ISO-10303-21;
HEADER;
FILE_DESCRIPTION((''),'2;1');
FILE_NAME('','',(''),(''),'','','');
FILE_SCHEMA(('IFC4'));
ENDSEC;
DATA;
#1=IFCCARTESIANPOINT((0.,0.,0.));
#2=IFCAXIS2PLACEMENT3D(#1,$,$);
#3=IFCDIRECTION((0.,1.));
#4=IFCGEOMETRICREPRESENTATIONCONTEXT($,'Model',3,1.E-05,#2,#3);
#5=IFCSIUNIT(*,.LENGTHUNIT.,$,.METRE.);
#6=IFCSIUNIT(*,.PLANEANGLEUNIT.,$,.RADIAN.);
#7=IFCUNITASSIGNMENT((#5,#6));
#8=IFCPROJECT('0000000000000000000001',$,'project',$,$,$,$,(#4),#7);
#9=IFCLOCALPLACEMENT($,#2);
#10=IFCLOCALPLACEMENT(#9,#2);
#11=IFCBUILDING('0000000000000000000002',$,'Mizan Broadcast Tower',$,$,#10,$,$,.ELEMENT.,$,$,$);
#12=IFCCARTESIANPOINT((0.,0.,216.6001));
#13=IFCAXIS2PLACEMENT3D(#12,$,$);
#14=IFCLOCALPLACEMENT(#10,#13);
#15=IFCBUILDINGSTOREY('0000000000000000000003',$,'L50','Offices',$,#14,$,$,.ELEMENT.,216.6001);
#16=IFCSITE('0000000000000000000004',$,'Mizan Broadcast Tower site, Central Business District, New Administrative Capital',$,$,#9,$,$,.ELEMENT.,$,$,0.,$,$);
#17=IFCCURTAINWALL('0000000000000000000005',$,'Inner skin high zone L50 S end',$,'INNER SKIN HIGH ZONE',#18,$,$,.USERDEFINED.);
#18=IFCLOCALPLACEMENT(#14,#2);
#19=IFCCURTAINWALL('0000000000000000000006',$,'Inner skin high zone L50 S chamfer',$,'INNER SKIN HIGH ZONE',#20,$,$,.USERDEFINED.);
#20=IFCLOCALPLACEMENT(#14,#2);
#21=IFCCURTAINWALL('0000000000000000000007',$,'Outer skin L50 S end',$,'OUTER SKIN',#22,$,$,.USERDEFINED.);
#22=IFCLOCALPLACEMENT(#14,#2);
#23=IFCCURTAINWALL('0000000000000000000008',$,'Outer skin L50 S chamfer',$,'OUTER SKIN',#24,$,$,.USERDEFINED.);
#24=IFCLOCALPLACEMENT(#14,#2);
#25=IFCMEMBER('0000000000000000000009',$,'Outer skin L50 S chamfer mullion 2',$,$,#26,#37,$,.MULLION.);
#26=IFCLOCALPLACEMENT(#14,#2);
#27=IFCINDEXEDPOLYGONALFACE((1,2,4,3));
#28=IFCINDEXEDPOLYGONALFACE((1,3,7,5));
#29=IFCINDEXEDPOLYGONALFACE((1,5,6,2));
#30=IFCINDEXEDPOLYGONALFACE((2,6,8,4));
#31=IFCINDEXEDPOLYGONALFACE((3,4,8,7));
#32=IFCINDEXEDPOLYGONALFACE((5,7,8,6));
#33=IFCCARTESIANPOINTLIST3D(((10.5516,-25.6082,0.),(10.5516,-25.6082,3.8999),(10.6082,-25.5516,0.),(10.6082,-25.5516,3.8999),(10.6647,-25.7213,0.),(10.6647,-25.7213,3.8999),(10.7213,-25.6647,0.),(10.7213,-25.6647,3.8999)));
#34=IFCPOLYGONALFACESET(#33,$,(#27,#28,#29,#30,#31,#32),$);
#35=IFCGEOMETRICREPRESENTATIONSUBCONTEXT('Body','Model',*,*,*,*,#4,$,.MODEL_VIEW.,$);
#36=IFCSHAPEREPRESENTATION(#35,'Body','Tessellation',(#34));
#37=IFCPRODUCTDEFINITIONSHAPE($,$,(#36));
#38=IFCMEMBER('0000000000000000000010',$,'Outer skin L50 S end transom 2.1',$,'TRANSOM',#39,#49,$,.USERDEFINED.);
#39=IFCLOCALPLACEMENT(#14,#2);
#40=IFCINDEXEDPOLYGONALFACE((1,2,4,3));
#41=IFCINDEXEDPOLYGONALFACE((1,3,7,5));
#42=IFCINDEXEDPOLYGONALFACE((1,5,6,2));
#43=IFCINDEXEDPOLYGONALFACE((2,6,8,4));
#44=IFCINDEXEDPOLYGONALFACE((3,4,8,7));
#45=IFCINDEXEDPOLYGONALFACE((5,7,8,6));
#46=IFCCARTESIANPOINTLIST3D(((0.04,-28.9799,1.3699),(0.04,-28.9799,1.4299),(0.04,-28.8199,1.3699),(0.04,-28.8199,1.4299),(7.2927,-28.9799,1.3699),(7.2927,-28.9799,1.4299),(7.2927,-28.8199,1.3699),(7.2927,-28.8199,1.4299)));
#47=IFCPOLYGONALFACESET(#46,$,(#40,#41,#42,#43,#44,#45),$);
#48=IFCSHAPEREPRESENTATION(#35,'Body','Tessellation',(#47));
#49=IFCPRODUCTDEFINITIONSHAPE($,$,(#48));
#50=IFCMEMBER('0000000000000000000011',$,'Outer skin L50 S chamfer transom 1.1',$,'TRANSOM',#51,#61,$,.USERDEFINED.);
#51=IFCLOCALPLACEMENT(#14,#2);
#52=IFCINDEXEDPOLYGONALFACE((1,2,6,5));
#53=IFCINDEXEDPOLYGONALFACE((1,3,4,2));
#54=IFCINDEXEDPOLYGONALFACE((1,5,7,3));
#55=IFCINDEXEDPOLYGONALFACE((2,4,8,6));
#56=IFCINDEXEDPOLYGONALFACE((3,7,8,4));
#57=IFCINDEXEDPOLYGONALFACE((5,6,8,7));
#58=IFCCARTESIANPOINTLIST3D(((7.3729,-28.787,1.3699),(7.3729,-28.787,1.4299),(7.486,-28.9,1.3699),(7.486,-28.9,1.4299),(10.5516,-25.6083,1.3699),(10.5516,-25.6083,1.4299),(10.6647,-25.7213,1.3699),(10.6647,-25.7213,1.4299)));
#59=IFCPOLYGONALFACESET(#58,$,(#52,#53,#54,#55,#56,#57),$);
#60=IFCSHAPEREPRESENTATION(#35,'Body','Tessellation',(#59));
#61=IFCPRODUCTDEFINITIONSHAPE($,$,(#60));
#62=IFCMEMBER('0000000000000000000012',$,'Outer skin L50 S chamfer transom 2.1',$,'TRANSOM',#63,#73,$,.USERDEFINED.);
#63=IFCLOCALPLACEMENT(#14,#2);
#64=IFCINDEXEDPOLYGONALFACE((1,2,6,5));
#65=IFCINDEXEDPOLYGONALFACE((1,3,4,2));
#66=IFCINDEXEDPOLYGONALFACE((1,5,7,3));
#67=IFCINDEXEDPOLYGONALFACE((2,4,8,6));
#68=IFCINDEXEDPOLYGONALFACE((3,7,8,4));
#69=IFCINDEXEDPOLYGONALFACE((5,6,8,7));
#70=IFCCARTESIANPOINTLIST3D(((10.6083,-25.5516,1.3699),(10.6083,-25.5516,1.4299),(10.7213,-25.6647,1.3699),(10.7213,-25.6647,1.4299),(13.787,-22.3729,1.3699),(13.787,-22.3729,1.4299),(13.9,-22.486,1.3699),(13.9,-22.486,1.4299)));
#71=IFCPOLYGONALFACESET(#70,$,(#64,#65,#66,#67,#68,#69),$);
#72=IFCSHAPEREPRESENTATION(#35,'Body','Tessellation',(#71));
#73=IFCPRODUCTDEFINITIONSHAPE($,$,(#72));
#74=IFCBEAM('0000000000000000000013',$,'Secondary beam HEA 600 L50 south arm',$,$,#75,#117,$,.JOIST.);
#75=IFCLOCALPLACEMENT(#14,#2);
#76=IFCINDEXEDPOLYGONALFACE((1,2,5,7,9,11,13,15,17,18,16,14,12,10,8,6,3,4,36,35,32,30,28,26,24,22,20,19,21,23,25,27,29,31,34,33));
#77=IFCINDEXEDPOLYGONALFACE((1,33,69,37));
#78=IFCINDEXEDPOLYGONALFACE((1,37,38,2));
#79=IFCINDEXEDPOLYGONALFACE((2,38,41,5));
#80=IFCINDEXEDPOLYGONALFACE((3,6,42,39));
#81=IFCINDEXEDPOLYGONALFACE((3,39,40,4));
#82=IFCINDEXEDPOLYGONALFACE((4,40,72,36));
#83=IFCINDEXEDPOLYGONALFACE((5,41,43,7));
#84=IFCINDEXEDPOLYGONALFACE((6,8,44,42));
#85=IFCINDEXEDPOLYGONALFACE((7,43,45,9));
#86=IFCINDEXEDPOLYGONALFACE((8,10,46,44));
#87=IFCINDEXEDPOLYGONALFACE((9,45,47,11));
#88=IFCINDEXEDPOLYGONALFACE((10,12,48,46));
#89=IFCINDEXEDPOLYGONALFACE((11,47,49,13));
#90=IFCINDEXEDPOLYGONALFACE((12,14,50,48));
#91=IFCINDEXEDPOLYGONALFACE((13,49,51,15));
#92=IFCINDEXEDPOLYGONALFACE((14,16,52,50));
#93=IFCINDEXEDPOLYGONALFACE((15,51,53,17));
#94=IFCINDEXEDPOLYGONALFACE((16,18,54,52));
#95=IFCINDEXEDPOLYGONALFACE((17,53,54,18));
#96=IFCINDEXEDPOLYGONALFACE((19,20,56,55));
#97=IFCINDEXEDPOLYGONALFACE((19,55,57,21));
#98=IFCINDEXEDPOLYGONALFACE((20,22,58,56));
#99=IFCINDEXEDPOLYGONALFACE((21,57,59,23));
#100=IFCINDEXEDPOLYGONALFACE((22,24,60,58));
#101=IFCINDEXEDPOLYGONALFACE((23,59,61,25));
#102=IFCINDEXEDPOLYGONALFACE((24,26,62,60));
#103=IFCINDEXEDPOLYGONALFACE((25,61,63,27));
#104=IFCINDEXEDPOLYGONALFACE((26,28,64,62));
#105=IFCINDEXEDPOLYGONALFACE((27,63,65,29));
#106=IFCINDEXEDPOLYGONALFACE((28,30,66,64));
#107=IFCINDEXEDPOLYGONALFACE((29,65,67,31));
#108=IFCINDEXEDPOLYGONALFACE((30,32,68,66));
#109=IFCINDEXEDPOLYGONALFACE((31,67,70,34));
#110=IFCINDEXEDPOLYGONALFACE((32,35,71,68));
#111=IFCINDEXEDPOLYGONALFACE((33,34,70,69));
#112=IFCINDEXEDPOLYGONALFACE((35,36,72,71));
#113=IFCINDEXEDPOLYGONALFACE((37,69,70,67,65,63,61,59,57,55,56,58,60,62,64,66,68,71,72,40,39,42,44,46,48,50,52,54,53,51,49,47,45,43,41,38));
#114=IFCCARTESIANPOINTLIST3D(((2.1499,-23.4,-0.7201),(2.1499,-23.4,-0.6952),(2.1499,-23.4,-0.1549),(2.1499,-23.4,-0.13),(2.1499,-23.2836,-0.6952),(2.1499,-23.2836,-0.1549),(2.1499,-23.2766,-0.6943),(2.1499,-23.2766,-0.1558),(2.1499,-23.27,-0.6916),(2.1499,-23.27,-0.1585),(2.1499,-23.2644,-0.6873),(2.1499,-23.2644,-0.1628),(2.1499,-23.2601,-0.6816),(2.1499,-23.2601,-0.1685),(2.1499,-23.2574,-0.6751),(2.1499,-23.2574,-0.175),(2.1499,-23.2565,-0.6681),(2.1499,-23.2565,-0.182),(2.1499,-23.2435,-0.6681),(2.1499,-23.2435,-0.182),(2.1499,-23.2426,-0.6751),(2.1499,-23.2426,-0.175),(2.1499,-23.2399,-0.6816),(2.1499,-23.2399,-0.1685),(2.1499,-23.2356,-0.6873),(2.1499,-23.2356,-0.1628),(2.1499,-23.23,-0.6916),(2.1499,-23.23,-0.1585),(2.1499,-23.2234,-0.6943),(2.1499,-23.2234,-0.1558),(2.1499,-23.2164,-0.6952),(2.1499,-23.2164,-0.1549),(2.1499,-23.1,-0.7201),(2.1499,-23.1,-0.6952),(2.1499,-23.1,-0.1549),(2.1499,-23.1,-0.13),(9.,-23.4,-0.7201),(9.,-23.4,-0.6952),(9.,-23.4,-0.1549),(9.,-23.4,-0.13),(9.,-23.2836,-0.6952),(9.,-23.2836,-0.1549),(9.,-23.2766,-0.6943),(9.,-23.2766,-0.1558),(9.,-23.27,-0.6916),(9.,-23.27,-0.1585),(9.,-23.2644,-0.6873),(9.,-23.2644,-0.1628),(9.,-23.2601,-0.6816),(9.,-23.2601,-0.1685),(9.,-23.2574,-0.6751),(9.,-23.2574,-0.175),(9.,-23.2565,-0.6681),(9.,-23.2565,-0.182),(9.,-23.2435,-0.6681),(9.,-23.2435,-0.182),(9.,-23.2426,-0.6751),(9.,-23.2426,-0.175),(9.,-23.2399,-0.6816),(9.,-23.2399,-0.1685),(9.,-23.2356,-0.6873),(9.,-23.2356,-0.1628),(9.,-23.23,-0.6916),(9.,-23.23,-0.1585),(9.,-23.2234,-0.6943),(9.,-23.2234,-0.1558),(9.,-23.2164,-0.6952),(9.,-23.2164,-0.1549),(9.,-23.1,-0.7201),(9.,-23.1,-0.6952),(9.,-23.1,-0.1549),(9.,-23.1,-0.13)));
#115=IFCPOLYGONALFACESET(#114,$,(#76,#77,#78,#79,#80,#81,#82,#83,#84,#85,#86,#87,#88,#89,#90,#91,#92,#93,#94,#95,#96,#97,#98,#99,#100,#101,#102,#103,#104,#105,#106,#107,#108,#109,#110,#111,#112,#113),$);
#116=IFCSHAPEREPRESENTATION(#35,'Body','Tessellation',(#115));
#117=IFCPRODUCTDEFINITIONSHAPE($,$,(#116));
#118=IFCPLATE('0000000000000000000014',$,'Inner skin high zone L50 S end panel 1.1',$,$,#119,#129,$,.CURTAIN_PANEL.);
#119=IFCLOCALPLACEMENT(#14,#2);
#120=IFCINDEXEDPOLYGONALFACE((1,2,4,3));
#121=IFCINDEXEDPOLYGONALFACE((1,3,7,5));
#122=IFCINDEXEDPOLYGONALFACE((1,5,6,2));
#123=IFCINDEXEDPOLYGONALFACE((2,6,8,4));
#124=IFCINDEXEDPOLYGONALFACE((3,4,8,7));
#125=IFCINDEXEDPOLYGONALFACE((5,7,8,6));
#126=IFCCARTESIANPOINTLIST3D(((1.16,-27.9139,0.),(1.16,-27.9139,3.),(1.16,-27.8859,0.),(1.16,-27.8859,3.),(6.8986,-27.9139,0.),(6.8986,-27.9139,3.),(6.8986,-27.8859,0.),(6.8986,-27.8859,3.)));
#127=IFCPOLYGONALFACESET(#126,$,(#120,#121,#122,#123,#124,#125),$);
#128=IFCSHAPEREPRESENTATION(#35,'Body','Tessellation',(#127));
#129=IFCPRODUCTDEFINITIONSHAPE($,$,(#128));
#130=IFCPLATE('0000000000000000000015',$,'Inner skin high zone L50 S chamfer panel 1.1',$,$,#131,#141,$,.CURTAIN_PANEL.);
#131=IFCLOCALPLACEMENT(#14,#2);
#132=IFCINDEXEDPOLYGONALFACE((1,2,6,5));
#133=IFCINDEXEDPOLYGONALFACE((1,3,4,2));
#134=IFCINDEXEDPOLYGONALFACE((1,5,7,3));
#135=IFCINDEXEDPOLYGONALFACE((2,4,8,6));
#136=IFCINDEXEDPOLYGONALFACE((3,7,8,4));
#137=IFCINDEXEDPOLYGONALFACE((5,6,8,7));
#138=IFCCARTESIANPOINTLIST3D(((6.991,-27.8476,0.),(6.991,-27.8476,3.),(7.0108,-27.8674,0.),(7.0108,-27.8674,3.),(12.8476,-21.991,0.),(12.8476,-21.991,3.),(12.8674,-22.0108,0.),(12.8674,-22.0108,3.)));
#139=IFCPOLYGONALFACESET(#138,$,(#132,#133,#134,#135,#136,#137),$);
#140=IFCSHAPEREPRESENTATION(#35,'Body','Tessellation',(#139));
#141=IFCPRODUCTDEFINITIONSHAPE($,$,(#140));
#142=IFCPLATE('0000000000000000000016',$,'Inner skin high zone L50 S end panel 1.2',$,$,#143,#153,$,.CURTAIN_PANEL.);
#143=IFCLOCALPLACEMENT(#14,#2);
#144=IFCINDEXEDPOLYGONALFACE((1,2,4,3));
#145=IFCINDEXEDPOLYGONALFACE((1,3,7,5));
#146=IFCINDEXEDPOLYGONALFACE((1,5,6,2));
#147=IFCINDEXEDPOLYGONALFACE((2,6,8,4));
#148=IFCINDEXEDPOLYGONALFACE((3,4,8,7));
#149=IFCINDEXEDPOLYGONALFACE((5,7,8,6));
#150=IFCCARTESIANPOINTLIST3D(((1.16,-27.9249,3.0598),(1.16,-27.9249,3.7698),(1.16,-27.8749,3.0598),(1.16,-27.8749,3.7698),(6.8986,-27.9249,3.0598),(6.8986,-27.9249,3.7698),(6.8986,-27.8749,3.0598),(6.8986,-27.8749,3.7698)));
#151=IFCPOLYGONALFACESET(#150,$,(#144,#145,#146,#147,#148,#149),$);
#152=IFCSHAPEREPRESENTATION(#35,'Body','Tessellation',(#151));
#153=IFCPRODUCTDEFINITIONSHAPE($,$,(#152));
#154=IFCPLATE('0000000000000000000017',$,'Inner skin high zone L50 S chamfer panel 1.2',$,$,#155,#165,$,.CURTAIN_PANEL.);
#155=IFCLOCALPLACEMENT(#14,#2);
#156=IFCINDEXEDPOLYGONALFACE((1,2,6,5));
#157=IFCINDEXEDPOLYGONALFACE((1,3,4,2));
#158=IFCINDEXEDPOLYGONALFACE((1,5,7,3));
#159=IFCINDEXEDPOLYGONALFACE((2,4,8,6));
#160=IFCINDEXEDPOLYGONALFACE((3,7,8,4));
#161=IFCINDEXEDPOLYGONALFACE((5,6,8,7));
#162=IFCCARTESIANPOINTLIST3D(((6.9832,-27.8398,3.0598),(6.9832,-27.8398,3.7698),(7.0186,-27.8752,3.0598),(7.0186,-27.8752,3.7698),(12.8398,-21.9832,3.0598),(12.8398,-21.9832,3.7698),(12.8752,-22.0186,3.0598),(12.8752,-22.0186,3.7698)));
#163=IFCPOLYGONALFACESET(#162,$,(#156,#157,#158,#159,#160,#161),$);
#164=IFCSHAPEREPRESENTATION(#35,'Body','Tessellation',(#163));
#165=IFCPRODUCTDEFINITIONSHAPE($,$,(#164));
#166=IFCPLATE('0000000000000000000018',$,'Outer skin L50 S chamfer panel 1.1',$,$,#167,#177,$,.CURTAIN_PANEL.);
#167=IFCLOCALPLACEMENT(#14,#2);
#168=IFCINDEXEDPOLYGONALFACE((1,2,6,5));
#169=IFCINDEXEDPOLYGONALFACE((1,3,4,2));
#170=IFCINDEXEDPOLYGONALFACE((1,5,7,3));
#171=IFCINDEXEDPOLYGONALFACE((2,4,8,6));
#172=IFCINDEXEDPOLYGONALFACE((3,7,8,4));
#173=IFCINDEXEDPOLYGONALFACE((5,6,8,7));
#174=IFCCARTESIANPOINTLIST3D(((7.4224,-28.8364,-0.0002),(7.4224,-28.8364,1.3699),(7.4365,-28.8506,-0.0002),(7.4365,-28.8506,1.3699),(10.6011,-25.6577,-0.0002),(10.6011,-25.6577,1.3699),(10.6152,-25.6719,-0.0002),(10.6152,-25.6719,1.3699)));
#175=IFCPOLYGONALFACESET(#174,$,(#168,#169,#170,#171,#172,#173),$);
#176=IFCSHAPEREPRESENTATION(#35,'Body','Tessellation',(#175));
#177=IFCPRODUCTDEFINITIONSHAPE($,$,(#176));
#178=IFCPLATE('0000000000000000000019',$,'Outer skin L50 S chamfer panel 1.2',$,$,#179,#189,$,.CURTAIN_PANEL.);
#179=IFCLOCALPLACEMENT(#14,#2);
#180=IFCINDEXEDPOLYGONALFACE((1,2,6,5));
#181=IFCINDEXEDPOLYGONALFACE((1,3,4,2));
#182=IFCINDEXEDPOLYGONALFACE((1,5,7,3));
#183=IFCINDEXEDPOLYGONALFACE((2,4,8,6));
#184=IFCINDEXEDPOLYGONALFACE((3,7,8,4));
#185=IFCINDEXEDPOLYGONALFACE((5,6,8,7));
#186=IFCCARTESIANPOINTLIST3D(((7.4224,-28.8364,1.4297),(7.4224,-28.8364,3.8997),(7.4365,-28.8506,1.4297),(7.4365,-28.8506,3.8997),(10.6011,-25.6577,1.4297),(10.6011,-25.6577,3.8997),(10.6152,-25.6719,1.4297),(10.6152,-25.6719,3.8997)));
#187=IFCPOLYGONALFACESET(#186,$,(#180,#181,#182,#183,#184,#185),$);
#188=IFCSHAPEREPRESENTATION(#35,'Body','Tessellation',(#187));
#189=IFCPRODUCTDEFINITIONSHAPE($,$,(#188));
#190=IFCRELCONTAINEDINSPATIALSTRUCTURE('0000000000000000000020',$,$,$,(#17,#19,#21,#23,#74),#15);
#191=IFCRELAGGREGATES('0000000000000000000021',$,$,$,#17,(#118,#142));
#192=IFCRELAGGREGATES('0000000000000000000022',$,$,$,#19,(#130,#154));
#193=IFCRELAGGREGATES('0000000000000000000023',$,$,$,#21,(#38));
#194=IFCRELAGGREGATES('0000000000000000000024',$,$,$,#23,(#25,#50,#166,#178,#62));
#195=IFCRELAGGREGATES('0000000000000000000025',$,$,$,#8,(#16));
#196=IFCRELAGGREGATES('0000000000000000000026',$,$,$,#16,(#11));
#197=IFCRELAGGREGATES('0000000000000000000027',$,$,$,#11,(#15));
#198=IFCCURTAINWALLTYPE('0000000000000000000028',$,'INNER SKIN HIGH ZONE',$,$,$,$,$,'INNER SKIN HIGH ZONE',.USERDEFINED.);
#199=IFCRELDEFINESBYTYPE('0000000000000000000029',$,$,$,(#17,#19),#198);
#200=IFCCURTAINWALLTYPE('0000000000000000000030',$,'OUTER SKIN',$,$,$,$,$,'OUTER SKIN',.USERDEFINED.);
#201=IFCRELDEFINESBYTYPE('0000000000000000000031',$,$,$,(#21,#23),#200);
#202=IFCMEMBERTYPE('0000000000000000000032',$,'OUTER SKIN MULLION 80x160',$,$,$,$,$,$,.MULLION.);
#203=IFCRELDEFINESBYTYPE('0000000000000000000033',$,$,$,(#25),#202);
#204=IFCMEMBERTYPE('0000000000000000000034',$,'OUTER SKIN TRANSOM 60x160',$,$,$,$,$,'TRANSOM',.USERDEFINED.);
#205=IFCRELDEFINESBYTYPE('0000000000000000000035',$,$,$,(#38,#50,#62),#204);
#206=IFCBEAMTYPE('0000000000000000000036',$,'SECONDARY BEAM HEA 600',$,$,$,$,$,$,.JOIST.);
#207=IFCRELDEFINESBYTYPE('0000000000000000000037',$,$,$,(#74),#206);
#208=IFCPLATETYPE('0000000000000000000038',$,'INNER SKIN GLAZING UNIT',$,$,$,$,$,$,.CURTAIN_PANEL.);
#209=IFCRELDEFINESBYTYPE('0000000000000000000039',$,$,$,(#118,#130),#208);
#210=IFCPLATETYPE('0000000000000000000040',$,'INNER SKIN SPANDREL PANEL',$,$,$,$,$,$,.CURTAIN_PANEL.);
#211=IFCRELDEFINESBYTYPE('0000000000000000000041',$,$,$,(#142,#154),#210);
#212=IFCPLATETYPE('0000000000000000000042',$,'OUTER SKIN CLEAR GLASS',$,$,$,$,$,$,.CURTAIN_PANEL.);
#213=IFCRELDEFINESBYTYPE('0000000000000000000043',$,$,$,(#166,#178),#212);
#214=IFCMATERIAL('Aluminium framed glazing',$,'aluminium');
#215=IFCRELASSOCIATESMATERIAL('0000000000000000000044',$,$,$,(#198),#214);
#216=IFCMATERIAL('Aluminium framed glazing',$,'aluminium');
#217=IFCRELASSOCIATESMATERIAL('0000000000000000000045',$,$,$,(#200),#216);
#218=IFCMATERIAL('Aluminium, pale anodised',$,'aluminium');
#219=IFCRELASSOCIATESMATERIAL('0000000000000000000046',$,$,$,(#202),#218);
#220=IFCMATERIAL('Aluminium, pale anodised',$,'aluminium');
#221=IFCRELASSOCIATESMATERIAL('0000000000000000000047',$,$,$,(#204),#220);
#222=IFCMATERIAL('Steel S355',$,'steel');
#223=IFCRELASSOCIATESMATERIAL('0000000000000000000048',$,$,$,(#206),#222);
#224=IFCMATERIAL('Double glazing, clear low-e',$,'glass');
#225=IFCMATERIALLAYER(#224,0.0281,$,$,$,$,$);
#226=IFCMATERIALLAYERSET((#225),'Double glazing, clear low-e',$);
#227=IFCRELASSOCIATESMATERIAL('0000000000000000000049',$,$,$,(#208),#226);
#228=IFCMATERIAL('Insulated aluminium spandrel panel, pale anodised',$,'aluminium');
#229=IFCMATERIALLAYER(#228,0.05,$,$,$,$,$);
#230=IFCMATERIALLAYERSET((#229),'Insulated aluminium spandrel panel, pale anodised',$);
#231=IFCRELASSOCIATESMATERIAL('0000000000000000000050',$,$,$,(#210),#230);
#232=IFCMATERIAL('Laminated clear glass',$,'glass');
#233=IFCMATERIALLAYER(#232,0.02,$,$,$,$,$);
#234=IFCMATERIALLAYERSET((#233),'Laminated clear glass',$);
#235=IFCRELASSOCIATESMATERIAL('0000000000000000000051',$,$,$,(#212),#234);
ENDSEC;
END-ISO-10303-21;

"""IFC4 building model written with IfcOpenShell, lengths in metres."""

from ifc_helpers import new_model, si_unit, direction, frame, origin, origin_2d, place, context, subcontext, project, spatial, rectangle, i_section, extrude, material, layer, layer_set, material_profile, profile_set, type_object, element, aggregate, save


model = new_model("IFC4")

# Units and contexts
model_context = context("Model", 3, precision=1e-05, world=origin(), true_north=direction((0.0, 1.0)))
body_context = subcontext(model_context, "Body", "Model", "MODEL_VIEW")
ifc_project = project(units=[si_unit("LENGTHUNIT", "METRE"), si_unit("PLANEANGLEUNIT", "RADIAN")], contexts=[model_context])

# Site, building, storey
site_placement = place(None, origin())
site = spatial("IfcSite", under=ifc_project, at=site_placement, Name="Mizan Broadcast Tower site, Central Business District, New Administrative Capital", CompositionType="ELEMENT", RefElevation=0.0)
building_placement = place(site_placement, origin())
building = spatial("IfcBuilding", under=site, at=building_placement, Name="Mizan Broadcast Tower", CompositionType="ELEMENT")
storey_placement = place(building_placement, frame((0.0, 0.0, 216.6001)))
storey = spatial("IfcBuildingStorey", under=building, at=storey_placement, Name="L50", Description="Offices", CompositionType="ELEMENT", Elevation=216.6001)

# Curtain wall
ifc_material_1 = material(Name="Aluminium framed glazing", Category="aluminium")
curtain_wall_type_1 = type_object("IfcCurtainWallType", Name="INNER SKIN HIGH ZONE", ElementType="INNER SKIN HIGH ZONE", PredefinedType="USERDEFINED", material=ifc_material_1)
curtain_wall_1_placement = place(storey_placement, origin())
curtain_wall_1 = element("IfcCurtainWall", 1, at=curtain_wall_1_placement, inside=storey, type_object=curtain_wall_type_1, Name="Inner skin high zone L50 S end", ObjectType="INNER SKIN HIGH ZONE", PredefinedType="USERDEFINED")

# Curtain wall
curtain_wall_2_placement = place(storey_placement, origin())
curtain_wall_2 = element("IfcCurtainWall", 2, at=curtain_wall_2_placement, inside=storey, type_object=curtain_wall_type_1, Name="Inner skin high zone L50 S chamfer", ObjectType="INNER SKIN HIGH ZONE", PredefinedType="USERDEFINED")

# Curtain wall
ifc_material_2 = material(Name="Aluminium framed glazing", Category="aluminium")
curtain_wall_type_2 = type_object("IfcCurtainWallType", Name="OUTER SKIN", ElementType="OUTER SKIN", PredefinedType="USERDEFINED", material=ifc_material_2)
curtain_wall_3_placement = place(storey_placement, origin())
curtain_wall_3 = element("IfcCurtainWall", 3, at=curtain_wall_3_placement, inside=storey, type_object=curtain_wall_type_2, Name="Outer skin L50 S end", ObjectType="OUTER SKIN", PredefinedType="USERDEFINED")
ifc_material_3 = material(Name="Aluminium, pale anodised", Category="aluminium")
ifc_material_profile_1 = material_profile(ifc_material_3, rectangle(XDim=0.1599, YDim=0.0801, at=origin_2d()), Name="MULLION 160x80")
ifc_profile_set_1 = profile_set([ifc_material_profile_1], Name="Aluminium, pale anodised")
member_type_1 = type_object("IfcMemberType", Name="OUTER SKIN MULLION 80x160", PredefinedType="MULLION", material=ifc_profile_set_1)

# Curtain wall, member
curtain_wall_4_placement = place(storey_placement, origin())
curtain_wall_4 = element("IfcCurtainWall", 4, at=curtain_wall_4_placement, inside=storey, type_object=curtain_wall_type_2, Name="Outer skin L50 S chamfer", ObjectType="OUTER SKIN", PredefinedType="USERDEFINED")
member_1_placement = place(storey_placement, frame((10.6365, -25.6365, 0.0), z_axis=(0.0, 0.0, 1.0), x_axis=(-0.707107, 0.707107, 0.0)))
member_1 = element("IfcMember", 5, at=member_1_placement, type_object=member_type_1, Name="Outer skin L50 S chamfer mullion 2", PredefinedType="MULLION", context=body_context, shape_type="SweptSolid", body=[
    extrude(rectangle(XDim=0.1599, YDim=0.0801, at=origin_2d()), origin(), (0.0, 0.0, 1.0), 3.8999),
])

# Members
ifc_material_4 = material(Name="Aluminium, pale anodised", Category="aluminium")
ifc_material_profile_2 = material_profile(ifc_material_4, rectangle(XDim=0.1599, YDim=0.0601, at=origin_2d()), Name="TRANSOM 160x60")
ifc_profile_set_2 = profile_set([ifc_material_profile_2], Name="Aluminium, pale anodised")
member_type_2 = type_object("IfcMemberType", Name="OUTER SKIN TRANSOM 60x160", ElementType="TRANSOM", PredefinedType="USERDEFINED", material=ifc_profile_set_2)
member_2_placement = place(storey_placement, frame((0.04, -28.8999, 1.3999), z_axis=(1.0, 0.0, 0.0), x_axis=(0.0, 1.0, 0.0)))
member_2 = element("IfcMember", 6, at=member_2_placement, type_object=member_type_2, Name="Outer skin L50 S end transom 2.1", ObjectType="TRANSOM", PredefinedType="USERDEFINED", context=body_context, shape_type="SweptSolid", body=[
    extrude(rectangle(XDim=0.1599, YDim=0.0601, at=origin_2d()), origin(), (0.0, 0.0, 1.0), 7.2527),
])
member_3_placement = place(storey_placement, frame((7.4294, -28.8435, 1.3999), z_axis=(0.707107, 0.707107, 0.0), x_axis=(-0.707107, 0.707107, 0.0)))
member_3 = element("IfcMember", 7, at=member_3_placement, type_object=member_type_2, Name="Outer skin L50 S chamfer transom 1.1", ObjectType="TRANSOM", PredefinedType="USERDEFINED", context=body_context, shape_type="SweptSolid", body=[
    extrude(rectangle(XDim=0.1599, YDim=0.0601, at=origin_2d()), origin(), (0.0, 0.0, 1.0), 4.4954),
])
member_4_placement = place(storey_placement, frame((10.6648, -25.6082, 1.3999), z_axis=(0.707107, 0.707107, 0.0), x_axis=(-0.707107, 0.707107, 0.0)))
member_4 = element("IfcMember", 8, at=member_4_placement, type_object=member_type_2, Name="Outer skin L50 S chamfer transom 2.1", ObjectType="TRANSOM", PredefinedType="USERDEFINED", context=body_context, shape_type="SweptSolid", body=[
    extrude(rectangle(XDim=0.1599, YDim=0.0601, at=origin_2d()), origin(), (0.0, 0.0, 1.0), 4.4954),
])

# Beam
ifc_material_5 = material(Name="Steel S355", Category="steel")
ifc_material_profile_3 = material_profile(ifc_material_5, i_section(OverallWidth=0.3, OverallDepth=0.5901, WebThickness=0.0129, FlangeThickness=0.0249, FilletRadius=0.0271, at=origin_2d()), Name="HEA 600")
ifc_profile_set_3 = profile_set([ifc_material_profile_3], Name="Steel S355")
beam_type_1 = type_object("IfcBeamType", Name="SECONDARY BEAM HEA 600", PredefinedType="JOIST", material=ifc_profile_set_3)
beam_1_placement = place(storey_placement, frame((9.0, -23.25, -0.425), z_axis=(-1.0, 0.0, 0.0), x_axis=(0.0, -1.0, 0.0)))
element("IfcBeam", 9, at=beam_1_placement, inside=storey, type_object=beam_type_1, Name="Secondary beam HEA 600 L50 south arm", PredefinedType="JOIST", context=body_context, shape_type="SweptSolid", body=[
    extrude(i_section(OverallWidth=0.3, OverallDepth=0.5901, WebThickness=0.0129, FlangeThickness=0.0249, FilletRadius=0.0271, at=origin_2d()), origin(), (0.0, 0.0, 1.0), 6.8501),
])

# Plates
ifc_material_6 = material(Name="Double glazing, clear low-e", Category="glass")
ifc_layer_1 = layer(ifc_material_6, 0.0281)
ifc_layer_set_1 = layer_set([ifc_layer_1], Name="Double glazing, clear low-e")
plate_type_1 = type_object("IfcPlateType", Name="INNER SKIN GLAZING UNIT", PredefinedType="CURTAIN_PANEL", material=ifc_layer_set_1)
plate_1_placement = place(storey_placement, frame((4.0293, -27.8999, 0.0), z_axis=(0.0, 0.0, 1.0), x_axis=(1.0, 0.0, 0.0)))
plate_1 = element("IfcPlate", 10, at=plate_1_placement, type_object=plate_type_1, Name="Inner skin high zone L50 S end panel 1.1", PredefinedType="CURTAIN_PANEL", context=body_context, shape_type="SweptSolid", body=[
    extrude(rectangle(XDim=5.7385, YDim=0.0281, at=origin_2d()), origin(), (0.0, 0.0, 1.0), 3.0),
])
plate_2_placement = place(storey_placement, frame((9.9292, -24.9292, 0.0), z_axis=(0.0, 0.0, 1.0), x_axis=(0.707107, 0.707107, 0.0)))
plate_2 = element("IfcPlate", 11, at=plate_2_placement, type_object=plate_type_1, Name="Inner skin high zone L50 S chamfer panel 1.1", PredefinedType="CURTAIN_PANEL", context=body_context, shape_type="SweptSolid", body=[
    extrude(rectangle(XDim=8.2825, YDim=0.0281, at=origin_2d()), origin(), (0.0, 0.0, 1.0), 3.0),
])
ifc_material_7 = material(Name="Insulated aluminium spandrel panel, pale anodised", Category="aluminium")
ifc_layer_2 = layer(ifc_material_7, 0.05)
ifc_layer_set_2 = layer_set([ifc_layer_2], Name="Insulated aluminium spandrel panel, pale anodised")
plate_type_2 = type_object("IfcPlateType", Name="INNER SKIN SPANDREL PANEL", PredefinedType="CURTAIN_PANEL", material=ifc_layer_set_2)
plate_3_placement = place(storey_placement, frame((4.0293, -27.8999, 3.0598), z_axis=(0.0, 0.0, 1.0), x_axis=(1.0, 0.0, 0.0)))
plate_3 = element("IfcPlate", 12, at=plate_3_placement, type_object=plate_type_2, Name="Inner skin high zone L50 S end panel 1.2", PredefinedType="CURTAIN_PANEL", context=body_context, shape_type="SweptSolid", body=[
    extrude(rectangle(XDim=5.7385, YDim=0.05, at=origin_2d()), origin(), (0.0, 0.0, 1.0), 0.71),
])
aggregate(curtain_wall_1, [plate_1, plate_3])
plate_4_placement = place(storey_placement, frame((9.9292, -24.9292, 3.0598), z_axis=(0.0, 0.0, 1.0), x_axis=(0.707107, 0.707107, 0.0)))
plate_4 = element("IfcPlate", 13, at=plate_4_placement, type_object=plate_type_2, Name="Inner skin high zone L50 S chamfer panel 1.2", PredefinedType="CURTAIN_PANEL", context=body_context, shape_type="SweptSolid", body=[
    extrude(rectangle(XDim=8.2825, YDim=0.05, at=origin_2d()), origin(), (0.0, 0.0, 1.0), 0.71),
])
aggregate(curtain_wall_2, [plate_2, plate_4])
ifc_material_8 = material(Name="Laminated clear glass", Category="glass")
ifc_layer_3 = layer(ifc_material_8, 0.02)
ifc_layer_set_3 = layer_set([ifc_layer_3], Name="Laminated clear glass")
plate_type_3 = type_object("IfcPlateType", Name="OUTER SKIN CLEAR GLASS", PredefinedType="CURTAIN_PANEL", material=ifc_layer_set_3)
plate_5_placement = place(storey_placement, frame((9.0188, -27.2542, -0.0002), z_axis=(0.0, 0.0, 1.0), x_axis=(0.707107, 0.707107, 0.0)))
plate_5 = element("IfcPlate", 14, at=plate_5_placement, type_object=plate_type_3, Name="Outer skin L50 S chamfer panel 1.1", PredefinedType="CURTAIN_PANEL", context=body_context, shape_type="SweptSolid", body=[
    extrude(rectangle(XDim=4.4954, YDim=0.02, at=origin_2d()), origin(), (0.0, 0.0, 1.0), 1.3701),
])
plate_6_placement = place(storey_placement, frame((9.0188, -27.2542, 1.4297), z_axis=(0.0, 0.0, 1.0), x_axis=(0.707107, 0.707107, 0.0)))
plate_6 = element("IfcPlate", 15, at=plate_6_placement, type_object=plate_type_3, Name="Outer skin L50 S chamfer panel 1.2", PredefinedType="CURTAIN_PANEL", context=body_context, shape_type="SweptSolid", body=[
    extrude(rectangle(XDim=4.4954, YDim=0.02, at=origin_2d()), origin(), (0.0, 0.0, 1.0), 2.47),
])
aggregate(curtain_wall_3, [member_2])
aggregate(curtain_wall_4, [member_1, member_3, plate_5, plate_6, member_4])

save(model, "model.ifc")
